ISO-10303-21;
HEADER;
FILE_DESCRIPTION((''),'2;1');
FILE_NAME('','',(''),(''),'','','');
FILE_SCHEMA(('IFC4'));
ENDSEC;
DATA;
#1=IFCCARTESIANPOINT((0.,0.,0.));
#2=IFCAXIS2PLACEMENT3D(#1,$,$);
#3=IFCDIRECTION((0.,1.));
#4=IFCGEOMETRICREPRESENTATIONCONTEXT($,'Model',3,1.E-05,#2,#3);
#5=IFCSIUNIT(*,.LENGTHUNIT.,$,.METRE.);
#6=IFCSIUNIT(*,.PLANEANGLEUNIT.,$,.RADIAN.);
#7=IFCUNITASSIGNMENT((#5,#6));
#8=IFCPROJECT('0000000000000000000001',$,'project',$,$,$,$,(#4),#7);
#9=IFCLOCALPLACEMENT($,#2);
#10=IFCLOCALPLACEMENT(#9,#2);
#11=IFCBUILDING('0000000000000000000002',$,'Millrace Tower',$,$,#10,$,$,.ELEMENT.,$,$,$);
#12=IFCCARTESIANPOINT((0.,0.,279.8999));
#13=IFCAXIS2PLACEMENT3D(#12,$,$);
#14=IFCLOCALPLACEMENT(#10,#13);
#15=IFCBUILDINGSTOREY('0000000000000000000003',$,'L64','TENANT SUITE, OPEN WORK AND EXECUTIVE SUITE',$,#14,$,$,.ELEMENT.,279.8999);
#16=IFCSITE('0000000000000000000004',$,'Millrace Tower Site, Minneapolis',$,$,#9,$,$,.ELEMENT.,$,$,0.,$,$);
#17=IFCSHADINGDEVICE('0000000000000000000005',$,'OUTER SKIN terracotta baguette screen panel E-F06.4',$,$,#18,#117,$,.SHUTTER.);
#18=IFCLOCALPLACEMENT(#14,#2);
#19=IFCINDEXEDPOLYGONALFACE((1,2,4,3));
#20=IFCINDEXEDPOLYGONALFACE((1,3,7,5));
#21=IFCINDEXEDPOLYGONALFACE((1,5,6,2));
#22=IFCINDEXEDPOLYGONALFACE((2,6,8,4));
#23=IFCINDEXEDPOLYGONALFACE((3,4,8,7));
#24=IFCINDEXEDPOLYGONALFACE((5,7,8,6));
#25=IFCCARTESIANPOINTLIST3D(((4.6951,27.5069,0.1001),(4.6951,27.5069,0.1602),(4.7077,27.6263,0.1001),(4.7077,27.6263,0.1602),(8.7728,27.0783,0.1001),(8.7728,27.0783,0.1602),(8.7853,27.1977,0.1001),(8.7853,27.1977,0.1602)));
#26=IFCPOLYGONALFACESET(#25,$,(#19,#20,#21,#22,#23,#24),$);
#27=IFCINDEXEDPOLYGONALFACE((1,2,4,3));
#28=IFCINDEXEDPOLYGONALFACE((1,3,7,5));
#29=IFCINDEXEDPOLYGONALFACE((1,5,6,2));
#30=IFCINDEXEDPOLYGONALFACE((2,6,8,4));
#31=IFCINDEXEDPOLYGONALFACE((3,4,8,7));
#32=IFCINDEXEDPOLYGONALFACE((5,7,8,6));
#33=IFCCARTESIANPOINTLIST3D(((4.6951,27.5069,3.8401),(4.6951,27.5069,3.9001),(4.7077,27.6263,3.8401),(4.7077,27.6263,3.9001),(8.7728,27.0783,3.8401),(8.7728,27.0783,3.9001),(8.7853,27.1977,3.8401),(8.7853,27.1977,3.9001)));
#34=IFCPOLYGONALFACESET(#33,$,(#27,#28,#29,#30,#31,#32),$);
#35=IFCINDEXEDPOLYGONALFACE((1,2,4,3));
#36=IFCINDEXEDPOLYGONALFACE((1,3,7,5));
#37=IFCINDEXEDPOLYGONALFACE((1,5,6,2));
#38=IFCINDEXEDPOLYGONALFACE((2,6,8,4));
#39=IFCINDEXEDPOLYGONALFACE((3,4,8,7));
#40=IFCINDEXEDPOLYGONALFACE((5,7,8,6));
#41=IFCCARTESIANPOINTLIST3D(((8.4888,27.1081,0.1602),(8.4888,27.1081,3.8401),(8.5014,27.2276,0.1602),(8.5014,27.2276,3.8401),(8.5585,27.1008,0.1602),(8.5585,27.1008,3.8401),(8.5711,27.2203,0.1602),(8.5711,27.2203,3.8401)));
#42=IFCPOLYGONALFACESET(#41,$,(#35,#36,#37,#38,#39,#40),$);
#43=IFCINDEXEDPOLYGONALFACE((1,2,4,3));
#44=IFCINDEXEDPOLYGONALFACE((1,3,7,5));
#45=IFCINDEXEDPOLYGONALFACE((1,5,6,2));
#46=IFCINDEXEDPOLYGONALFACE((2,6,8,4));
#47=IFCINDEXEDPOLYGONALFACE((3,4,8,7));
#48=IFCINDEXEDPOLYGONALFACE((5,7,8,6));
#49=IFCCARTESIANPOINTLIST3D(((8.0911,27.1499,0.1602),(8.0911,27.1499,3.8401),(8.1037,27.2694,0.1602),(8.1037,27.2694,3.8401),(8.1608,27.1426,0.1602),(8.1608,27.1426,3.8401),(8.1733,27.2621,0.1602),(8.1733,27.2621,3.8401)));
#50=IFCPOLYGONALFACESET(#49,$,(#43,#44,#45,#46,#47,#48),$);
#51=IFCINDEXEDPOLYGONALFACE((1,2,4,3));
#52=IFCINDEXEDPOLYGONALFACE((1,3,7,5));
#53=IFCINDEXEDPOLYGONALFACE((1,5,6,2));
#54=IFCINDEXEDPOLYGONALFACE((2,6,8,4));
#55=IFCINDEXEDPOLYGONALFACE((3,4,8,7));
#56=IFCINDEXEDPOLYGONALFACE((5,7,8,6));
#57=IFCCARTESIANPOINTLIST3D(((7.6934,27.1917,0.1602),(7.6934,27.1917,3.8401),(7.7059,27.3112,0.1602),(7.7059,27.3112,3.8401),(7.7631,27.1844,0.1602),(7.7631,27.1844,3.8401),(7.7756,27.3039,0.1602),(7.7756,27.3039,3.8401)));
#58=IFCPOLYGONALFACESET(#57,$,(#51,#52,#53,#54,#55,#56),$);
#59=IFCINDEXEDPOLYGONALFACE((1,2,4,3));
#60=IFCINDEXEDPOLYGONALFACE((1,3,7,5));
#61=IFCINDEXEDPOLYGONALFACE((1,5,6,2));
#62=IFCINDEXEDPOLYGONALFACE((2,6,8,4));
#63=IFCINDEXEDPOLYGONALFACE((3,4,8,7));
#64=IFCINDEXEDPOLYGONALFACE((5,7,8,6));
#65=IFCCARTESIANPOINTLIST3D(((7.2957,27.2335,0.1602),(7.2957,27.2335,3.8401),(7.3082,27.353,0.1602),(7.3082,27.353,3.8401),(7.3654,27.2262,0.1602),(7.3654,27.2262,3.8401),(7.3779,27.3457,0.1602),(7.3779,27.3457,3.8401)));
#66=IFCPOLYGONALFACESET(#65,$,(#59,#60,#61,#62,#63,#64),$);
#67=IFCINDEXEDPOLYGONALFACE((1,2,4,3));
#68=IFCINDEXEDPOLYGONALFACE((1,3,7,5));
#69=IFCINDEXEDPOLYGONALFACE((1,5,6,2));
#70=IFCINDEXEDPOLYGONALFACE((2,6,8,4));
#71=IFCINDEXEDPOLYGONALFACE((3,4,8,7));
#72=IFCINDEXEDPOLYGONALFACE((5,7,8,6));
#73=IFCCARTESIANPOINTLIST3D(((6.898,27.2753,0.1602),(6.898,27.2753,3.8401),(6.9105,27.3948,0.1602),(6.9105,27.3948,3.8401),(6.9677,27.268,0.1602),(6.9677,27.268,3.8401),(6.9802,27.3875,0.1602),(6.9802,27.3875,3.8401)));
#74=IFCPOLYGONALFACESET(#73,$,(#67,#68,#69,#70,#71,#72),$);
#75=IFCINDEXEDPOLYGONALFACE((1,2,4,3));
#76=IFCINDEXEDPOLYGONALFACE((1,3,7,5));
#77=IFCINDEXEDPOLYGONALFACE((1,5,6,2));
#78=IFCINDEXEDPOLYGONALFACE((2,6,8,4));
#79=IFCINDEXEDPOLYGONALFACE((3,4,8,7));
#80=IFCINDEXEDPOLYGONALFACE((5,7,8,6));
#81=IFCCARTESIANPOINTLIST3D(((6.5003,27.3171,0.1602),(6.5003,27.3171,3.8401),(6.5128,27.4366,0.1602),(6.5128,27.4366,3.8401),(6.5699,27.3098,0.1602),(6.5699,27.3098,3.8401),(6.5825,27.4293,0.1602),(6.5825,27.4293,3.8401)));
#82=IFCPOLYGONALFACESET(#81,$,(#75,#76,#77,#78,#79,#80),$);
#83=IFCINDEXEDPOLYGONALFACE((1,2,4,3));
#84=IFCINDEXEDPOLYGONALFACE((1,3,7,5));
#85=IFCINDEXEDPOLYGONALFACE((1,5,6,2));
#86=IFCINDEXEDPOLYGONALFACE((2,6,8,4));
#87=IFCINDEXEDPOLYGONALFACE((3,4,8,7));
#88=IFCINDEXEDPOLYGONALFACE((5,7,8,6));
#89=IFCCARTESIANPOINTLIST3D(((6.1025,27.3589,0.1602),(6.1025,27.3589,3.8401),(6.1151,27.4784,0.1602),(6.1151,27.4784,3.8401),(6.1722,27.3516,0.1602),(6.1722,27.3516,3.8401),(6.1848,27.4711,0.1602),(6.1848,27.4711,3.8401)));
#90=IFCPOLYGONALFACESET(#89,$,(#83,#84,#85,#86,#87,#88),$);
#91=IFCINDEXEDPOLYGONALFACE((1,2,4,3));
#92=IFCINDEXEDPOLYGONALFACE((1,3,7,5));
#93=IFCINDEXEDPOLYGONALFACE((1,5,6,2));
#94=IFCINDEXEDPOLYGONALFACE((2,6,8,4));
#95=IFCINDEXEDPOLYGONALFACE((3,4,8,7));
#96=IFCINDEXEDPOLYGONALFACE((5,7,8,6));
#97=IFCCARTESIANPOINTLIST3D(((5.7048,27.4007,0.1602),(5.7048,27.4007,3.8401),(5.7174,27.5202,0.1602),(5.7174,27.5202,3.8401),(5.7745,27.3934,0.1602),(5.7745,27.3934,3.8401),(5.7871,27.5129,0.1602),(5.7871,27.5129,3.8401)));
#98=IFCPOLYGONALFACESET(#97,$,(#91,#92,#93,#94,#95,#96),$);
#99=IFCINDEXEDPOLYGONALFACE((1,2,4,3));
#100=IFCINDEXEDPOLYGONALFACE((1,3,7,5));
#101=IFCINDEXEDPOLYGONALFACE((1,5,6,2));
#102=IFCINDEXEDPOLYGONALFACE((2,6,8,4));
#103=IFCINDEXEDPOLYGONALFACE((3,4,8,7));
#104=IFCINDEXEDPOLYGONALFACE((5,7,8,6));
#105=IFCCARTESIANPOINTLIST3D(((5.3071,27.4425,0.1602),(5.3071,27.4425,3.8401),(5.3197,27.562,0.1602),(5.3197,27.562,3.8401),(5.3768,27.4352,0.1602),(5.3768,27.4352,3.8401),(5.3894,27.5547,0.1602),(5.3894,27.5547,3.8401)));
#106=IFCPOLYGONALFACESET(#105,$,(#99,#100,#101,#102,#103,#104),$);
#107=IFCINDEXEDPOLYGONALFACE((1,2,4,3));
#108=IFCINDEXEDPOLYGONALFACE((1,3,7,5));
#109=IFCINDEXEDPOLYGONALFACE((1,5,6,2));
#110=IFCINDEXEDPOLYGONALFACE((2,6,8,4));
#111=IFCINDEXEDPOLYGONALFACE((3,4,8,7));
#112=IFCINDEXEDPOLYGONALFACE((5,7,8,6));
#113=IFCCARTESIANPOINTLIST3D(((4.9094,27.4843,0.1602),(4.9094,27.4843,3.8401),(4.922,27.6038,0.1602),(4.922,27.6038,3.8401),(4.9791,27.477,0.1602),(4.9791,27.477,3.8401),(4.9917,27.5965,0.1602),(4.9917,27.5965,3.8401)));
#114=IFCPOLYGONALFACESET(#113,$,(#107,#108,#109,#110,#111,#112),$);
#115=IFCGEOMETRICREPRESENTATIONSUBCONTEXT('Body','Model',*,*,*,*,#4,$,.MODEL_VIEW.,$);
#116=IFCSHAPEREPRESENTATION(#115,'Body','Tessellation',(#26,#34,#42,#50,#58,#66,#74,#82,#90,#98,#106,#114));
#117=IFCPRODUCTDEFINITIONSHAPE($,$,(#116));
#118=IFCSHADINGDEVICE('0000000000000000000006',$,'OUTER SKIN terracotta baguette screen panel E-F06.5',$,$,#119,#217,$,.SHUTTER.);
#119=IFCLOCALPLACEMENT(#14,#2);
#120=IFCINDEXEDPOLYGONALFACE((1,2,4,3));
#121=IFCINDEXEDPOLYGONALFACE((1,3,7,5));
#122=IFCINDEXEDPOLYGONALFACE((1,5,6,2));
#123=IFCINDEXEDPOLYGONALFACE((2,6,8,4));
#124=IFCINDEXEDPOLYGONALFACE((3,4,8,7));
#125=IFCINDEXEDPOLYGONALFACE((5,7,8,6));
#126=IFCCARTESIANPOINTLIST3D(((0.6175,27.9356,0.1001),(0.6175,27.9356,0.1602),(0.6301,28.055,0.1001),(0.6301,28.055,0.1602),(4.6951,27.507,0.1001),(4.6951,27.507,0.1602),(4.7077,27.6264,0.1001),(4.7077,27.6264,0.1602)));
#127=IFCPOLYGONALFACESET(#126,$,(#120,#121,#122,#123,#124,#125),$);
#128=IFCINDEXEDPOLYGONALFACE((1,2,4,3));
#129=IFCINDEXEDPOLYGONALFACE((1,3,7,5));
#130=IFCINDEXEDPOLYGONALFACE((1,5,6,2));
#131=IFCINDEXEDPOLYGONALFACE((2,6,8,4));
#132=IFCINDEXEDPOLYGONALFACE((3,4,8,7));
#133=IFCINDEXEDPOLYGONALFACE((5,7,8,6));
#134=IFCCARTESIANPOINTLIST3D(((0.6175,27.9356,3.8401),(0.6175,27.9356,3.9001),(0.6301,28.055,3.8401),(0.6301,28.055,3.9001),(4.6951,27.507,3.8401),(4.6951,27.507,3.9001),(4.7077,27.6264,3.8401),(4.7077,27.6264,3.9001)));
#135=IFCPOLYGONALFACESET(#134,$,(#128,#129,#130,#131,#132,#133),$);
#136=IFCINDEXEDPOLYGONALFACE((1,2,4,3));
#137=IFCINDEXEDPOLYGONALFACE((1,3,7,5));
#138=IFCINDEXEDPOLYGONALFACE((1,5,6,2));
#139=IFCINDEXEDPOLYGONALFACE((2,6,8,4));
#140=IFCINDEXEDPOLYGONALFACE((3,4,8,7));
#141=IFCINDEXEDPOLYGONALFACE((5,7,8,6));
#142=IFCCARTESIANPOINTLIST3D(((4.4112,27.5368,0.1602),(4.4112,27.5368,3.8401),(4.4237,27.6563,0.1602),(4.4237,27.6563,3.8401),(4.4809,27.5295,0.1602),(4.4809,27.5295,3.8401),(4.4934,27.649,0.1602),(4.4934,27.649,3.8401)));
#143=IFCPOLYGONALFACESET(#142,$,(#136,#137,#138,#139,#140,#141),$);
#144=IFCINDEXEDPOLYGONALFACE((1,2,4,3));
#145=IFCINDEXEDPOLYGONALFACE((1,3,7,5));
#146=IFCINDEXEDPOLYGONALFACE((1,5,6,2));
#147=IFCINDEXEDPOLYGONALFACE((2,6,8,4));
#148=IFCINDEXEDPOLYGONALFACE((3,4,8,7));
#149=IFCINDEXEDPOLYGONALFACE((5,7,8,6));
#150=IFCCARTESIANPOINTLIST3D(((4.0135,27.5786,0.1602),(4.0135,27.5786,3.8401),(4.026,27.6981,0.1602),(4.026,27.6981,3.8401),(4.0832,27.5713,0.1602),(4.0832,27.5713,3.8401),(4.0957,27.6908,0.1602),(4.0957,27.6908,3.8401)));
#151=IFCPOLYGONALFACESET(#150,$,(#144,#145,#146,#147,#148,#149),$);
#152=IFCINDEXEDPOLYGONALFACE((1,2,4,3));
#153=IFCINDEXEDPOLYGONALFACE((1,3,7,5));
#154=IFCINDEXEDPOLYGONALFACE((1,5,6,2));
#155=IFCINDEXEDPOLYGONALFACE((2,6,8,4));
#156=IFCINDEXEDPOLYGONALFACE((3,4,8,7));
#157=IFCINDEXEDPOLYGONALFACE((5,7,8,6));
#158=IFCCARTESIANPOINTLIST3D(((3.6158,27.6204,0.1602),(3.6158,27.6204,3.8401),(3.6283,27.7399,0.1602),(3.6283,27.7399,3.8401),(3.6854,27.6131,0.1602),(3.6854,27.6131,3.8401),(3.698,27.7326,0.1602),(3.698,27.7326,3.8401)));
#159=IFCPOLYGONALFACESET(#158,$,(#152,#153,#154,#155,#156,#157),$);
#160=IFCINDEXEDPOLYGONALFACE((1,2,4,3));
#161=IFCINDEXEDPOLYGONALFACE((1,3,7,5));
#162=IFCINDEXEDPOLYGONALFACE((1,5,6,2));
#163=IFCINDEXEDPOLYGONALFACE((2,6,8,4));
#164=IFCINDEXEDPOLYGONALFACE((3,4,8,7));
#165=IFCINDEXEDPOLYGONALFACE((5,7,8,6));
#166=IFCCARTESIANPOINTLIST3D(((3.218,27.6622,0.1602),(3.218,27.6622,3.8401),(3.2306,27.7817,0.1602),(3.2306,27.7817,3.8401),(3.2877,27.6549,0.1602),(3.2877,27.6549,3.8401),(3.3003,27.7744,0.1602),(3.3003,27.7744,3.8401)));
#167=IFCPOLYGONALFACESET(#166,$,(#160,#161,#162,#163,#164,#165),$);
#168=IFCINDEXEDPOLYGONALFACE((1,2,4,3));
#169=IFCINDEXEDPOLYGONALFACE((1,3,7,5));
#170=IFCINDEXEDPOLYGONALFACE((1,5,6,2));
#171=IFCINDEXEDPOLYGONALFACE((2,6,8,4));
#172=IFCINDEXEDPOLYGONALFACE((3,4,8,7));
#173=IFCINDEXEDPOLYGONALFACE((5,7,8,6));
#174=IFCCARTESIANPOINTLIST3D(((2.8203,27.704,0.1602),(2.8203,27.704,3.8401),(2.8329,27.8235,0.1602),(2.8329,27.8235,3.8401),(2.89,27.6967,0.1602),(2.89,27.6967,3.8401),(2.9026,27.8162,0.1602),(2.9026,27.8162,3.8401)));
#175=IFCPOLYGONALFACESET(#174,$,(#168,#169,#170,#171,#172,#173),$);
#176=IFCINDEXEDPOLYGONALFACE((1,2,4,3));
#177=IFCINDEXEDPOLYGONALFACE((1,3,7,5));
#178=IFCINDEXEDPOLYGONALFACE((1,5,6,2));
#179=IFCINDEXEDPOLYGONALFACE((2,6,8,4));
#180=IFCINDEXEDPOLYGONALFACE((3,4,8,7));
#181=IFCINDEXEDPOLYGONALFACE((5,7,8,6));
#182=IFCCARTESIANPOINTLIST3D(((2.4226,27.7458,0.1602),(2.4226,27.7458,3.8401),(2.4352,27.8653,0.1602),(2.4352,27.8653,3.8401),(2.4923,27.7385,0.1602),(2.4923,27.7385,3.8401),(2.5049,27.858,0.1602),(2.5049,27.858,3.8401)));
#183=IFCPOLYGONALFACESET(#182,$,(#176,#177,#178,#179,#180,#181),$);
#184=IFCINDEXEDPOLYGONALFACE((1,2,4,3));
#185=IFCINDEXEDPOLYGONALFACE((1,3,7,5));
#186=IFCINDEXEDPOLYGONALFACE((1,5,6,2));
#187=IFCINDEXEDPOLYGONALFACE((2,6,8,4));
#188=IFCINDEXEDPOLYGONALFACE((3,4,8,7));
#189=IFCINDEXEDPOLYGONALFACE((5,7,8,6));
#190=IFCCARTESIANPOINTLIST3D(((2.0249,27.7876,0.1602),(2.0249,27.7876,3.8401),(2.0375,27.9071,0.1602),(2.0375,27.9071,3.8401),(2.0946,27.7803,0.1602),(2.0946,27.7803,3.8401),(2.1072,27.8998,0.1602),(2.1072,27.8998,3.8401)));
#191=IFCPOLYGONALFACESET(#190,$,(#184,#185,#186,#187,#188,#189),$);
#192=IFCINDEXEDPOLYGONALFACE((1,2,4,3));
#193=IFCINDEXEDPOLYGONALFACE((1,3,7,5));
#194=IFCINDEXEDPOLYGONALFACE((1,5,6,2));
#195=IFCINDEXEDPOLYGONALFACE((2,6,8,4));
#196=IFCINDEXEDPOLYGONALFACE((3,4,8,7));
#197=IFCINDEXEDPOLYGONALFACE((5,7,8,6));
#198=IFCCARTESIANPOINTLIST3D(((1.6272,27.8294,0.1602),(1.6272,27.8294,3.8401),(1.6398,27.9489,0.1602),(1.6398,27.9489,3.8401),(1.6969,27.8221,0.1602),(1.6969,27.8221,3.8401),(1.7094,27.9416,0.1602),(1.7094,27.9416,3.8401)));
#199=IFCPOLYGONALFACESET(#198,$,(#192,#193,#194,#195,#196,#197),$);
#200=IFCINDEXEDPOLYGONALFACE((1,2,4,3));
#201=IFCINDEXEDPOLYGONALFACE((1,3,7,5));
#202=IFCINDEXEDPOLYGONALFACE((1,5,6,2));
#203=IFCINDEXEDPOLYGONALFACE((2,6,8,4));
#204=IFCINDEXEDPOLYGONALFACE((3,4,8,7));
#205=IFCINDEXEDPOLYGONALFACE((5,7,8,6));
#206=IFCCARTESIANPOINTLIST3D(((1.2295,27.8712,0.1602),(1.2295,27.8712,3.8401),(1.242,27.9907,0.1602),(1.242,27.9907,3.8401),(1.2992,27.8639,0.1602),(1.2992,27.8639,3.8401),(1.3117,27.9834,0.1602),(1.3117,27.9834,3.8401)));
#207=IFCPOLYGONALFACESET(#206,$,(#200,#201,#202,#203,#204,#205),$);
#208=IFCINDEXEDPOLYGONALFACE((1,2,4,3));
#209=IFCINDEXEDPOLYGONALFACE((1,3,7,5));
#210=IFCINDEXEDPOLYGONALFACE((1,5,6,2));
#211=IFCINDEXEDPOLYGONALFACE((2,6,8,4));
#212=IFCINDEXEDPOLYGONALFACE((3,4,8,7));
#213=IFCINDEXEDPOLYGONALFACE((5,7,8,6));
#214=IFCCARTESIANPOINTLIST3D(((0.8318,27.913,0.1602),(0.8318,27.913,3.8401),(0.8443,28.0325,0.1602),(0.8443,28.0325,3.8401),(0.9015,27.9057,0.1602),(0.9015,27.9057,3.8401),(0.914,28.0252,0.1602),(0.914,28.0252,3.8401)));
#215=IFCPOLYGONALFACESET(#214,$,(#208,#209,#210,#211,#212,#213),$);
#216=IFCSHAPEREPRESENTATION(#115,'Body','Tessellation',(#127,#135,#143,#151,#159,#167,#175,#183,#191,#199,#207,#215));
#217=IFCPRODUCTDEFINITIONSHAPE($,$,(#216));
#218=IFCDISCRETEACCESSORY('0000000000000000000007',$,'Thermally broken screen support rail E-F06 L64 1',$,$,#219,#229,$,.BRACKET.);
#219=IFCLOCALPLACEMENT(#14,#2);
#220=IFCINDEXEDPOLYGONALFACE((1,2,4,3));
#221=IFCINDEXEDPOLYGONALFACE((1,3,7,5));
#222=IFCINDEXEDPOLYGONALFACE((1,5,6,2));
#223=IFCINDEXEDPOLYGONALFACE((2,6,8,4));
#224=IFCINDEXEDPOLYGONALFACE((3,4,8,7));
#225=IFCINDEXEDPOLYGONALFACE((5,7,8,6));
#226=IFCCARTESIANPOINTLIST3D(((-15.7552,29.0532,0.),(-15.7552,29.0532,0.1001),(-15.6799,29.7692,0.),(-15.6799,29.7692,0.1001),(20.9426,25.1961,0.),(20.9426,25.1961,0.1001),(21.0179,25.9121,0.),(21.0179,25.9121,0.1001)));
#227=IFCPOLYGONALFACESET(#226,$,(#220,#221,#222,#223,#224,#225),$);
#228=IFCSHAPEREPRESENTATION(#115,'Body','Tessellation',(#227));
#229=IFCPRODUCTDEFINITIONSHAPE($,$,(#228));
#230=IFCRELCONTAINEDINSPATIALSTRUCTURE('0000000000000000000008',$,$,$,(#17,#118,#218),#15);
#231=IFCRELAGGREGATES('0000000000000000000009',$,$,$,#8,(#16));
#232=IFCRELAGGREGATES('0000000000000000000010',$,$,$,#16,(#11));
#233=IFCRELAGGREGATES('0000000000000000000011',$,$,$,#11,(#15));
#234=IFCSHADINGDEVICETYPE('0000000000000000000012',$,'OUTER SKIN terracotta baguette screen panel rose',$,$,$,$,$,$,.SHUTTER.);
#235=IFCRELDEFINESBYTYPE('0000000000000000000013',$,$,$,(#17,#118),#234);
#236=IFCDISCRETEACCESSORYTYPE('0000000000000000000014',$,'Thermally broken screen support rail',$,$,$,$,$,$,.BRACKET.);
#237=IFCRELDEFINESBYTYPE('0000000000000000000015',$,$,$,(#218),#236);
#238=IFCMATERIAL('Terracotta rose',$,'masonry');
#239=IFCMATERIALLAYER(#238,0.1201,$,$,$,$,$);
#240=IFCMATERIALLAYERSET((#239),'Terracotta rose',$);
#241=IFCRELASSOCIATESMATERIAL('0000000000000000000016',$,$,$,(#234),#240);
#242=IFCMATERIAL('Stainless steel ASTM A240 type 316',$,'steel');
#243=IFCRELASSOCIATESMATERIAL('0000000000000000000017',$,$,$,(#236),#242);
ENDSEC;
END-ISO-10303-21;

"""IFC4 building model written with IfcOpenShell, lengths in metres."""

from ifc_helpers import new_model, entity, si_unit, direction, frame, frame_2d, origin, origin_2d, place, context, subcontext, project, spatial, rectangle, extrude, source, transform, mapped, material, layer, layer_set, type_object, element, save


model = new_model("IFC4")

# Units and contexts
model_context = context("Model", 3, precision=1e-05, world=origin(), true_north=direction((0.0, 1.0)))
body_context = subcontext(model_context, "Body", "Model", "MODEL_VIEW")
ifc_project = project(units=[si_unit("LENGTHUNIT", "METRE"), si_unit("PLANEANGLEUNIT", "RADIAN")], contexts=[model_context])

# Site, building, storey
site_placement = place(None, origin())
site = spatial("IfcSite", under=ifc_project, at=site_placement, Name="Millrace Tower Site, Minneapolis", CompositionType="ELEMENT", RefElevation=0.0)
building_placement = place(site_placement, origin())
building = spatial("IfcBuilding", under=site, at=building_placement, Name="Millrace Tower", CompositionType="ELEMENT")
storey_placement = place(building_placement, frame((0.0, 0.0, 279.8999)))
storey = spatial("IfcBuildingStorey", under=building, at=storey_placement, Name="L64", Description="TENANT SUITE, OPEN WORK AND EXECUTIVE SUITE", CompositionType="ELEMENT", Elevation=279.8999)

# Shading devices
ifc_material_1 = material(Name="Terracotta rose", Category="masonry")
ifc_layer_1 = layer(ifc_material_1, 0.1201)
ifc_layer_set_1 = layer_set([ifc_layer_1], Name="Terracotta rose")
shading_device_type = type_object("IfcShadingDeviceType", Name="OUTER SKIN terracotta baguette screen panel rose", PredefinedType="SHUTTER", material=ifc_layer_set_1)
cartesian_point = entity("IfcCartesianPoint", [-2.05, 0.0601])
shared_polyline = entity("IfcPolyline", [cartesian_point, entity("IfcCartesianPoint", [2.05, 0.0601]), entity("IfcCartesianPoint", [2.05, -0.0601]), entity("IfcCartesianPoint", [-2.05, -0.0601]), cartesian_point])
shared_shape = source(origin(), body_context, "Body", "SweptSolid", [
    entity("IfcExtrudedAreaSolid", entity("IfcArbitraryClosedProfileDef", "AREA", None, shared_polyline), entity("IfcAxis2Placement3D", entity("IfcCartesianPoint", [0.0, 0.0, 0.0])), entity("IfcDirection", [0.0, 0.0, 1.0]), 0.0601),
    entity("IfcExtrudedAreaSolid", entity("IfcArbitraryClosedProfileDef", "AREA", None, shared_polyline), entity("IfcAxis2Placement3D", entity("IfcCartesianPoint", [0.0, 0.0, 3.74])), entity("IfcDirection", [0.0, 0.0, 1.0]), 0.0601),
    extrude(rectangle(XDim=0.0701, YDim=0.1201, at=frame_2d((-1.7996, 0.0))), frame((0.0, 0.0, 0.0601)), (0.0, 0.0, 1.0), 3.6799),
    extrude(rectangle(XDim=0.0701, YDim=0.1201, at=frame_2d((-1.3997, 0.0))), frame((0.0, 0.0, 0.0601)), (0.0, 0.0, 1.0), 3.6799),
    extrude(rectangle(XDim=0.0701, YDim=0.1201, at=frame_2d((-0.9998, 0.0))), frame((0.0, 0.0, 0.0601)), (0.0, 0.0, 1.0), 3.6799),
    extrude(rectangle(XDim=0.0701, YDim=0.1201, at=frame_2d((-0.5999, 0.0))), frame((0.0, 0.0, 0.0601)), (0.0, 0.0, 1.0), 3.6799),
    extrude(rectangle(XDim=0.0701, YDim=0.1201, at=frame_2d((-0.2, 0.0))), frame((0.0, 0.0, 0.0601)), (0.0, 0.0, 1.0), 3.6799),
    extrude(rectangle(XDim=0.0701, YDim=0.1201, at=frame_2d((0.2, 0.0))), frame((0.0, 0.0, 0.0601)), (0.0, 0.0, 1.0), 3.6799),
    extrude(rectangle(XDim=0.0701, YDim=0.1201, at=frame_2d((0.5999, 0.0))), frame((0.0, 0.0, 0.0601)), (0.0, 0.0, 1.0), 3.6799),
    extrude(rectangle(XDim=0.0701, YDim=0.1201, at=frame_2d((0.9998, 0.0))), frame((0.0, 0.0, 0.0601)), (0.0, 0.0, 1.0), 3.6799),
    extrude(rectangle(XDim=0.0701, YDim=0.1201, at=frame_2d((1.3997, 0.0))), frame((0.0, 0.0, 0.0601)), (0.0, 0.0, 1.0), 3.6799),
    extrude(rectangle(XDim=0.0701, YDim=0.1201, at=frame_2d((1.7996, 0.0))), frame((0.0, 0.0, 0.0601)), (0.0, 0.0, 1.0), 3.6799),
])
for number, where, z_axis, x_axis, name in (
    (1, (6.7402, 27.3523, 0.1001), (0.0, 0.0, 1.0), (-0.994522, 0.104528, 0.0), "OUTER SKIN terracotta baguette screen panel E-F06.4"),
    (2, (2.6626, 27.781, 0.1001), (0.0, 0.0, 1.0), (-0.994522, 0.104528, 0.0), "OUTER SKIN terracotta baguette screen panel E-F06.5"),
):
    element("IfcShadingDevice", number, at=place(storey_placement, frame(where, z_axis=z_axis, x_axis=x_axis)), inside=storey, type_object=shading_device_type, Name=name, PredefinedType="SHUTTER", context=body_context, shape_type="MappedRepresentation", body=[
        mapped(shared_shape, transform((0.0, 0.0, 0.0), scale=1.0)),
    ])

# Discrete accessory
ifc_material_2 = material(Name="Stainless steel ASTM A240 type 316", Category="steel")
discrete_accessory_type = type_object("IfcDiscreteAccessoryType", Name="Thermally broken screen support rail", PredefinedType="BRACKET", material=ifc_material_2)
discrete_accessory_placement = place(storey_placement, frame((2.6313, 27.4827, 0.0), z_axis=(0.0, 0.0, 1.0), x_axis=(-0.994522, 0.104528, 0.0)))
element("IfcDiscreteAccessory", 3, at=discrete_accessory_placement, inside=storey, type_object=discrete_accessory_type, Name="Thermally broken screen support rail E-F06 L64 1", PredefinedType="BRACKET", context=body_context, shape_type="SweptSolid", body=[
    extrude(rectangle(XDim=36.8999, YDim=0.72, at=origin_2d()), origin(), (0.0, 0.0, 1.0), 0.1001),
])

save(model, "model.ifc")
